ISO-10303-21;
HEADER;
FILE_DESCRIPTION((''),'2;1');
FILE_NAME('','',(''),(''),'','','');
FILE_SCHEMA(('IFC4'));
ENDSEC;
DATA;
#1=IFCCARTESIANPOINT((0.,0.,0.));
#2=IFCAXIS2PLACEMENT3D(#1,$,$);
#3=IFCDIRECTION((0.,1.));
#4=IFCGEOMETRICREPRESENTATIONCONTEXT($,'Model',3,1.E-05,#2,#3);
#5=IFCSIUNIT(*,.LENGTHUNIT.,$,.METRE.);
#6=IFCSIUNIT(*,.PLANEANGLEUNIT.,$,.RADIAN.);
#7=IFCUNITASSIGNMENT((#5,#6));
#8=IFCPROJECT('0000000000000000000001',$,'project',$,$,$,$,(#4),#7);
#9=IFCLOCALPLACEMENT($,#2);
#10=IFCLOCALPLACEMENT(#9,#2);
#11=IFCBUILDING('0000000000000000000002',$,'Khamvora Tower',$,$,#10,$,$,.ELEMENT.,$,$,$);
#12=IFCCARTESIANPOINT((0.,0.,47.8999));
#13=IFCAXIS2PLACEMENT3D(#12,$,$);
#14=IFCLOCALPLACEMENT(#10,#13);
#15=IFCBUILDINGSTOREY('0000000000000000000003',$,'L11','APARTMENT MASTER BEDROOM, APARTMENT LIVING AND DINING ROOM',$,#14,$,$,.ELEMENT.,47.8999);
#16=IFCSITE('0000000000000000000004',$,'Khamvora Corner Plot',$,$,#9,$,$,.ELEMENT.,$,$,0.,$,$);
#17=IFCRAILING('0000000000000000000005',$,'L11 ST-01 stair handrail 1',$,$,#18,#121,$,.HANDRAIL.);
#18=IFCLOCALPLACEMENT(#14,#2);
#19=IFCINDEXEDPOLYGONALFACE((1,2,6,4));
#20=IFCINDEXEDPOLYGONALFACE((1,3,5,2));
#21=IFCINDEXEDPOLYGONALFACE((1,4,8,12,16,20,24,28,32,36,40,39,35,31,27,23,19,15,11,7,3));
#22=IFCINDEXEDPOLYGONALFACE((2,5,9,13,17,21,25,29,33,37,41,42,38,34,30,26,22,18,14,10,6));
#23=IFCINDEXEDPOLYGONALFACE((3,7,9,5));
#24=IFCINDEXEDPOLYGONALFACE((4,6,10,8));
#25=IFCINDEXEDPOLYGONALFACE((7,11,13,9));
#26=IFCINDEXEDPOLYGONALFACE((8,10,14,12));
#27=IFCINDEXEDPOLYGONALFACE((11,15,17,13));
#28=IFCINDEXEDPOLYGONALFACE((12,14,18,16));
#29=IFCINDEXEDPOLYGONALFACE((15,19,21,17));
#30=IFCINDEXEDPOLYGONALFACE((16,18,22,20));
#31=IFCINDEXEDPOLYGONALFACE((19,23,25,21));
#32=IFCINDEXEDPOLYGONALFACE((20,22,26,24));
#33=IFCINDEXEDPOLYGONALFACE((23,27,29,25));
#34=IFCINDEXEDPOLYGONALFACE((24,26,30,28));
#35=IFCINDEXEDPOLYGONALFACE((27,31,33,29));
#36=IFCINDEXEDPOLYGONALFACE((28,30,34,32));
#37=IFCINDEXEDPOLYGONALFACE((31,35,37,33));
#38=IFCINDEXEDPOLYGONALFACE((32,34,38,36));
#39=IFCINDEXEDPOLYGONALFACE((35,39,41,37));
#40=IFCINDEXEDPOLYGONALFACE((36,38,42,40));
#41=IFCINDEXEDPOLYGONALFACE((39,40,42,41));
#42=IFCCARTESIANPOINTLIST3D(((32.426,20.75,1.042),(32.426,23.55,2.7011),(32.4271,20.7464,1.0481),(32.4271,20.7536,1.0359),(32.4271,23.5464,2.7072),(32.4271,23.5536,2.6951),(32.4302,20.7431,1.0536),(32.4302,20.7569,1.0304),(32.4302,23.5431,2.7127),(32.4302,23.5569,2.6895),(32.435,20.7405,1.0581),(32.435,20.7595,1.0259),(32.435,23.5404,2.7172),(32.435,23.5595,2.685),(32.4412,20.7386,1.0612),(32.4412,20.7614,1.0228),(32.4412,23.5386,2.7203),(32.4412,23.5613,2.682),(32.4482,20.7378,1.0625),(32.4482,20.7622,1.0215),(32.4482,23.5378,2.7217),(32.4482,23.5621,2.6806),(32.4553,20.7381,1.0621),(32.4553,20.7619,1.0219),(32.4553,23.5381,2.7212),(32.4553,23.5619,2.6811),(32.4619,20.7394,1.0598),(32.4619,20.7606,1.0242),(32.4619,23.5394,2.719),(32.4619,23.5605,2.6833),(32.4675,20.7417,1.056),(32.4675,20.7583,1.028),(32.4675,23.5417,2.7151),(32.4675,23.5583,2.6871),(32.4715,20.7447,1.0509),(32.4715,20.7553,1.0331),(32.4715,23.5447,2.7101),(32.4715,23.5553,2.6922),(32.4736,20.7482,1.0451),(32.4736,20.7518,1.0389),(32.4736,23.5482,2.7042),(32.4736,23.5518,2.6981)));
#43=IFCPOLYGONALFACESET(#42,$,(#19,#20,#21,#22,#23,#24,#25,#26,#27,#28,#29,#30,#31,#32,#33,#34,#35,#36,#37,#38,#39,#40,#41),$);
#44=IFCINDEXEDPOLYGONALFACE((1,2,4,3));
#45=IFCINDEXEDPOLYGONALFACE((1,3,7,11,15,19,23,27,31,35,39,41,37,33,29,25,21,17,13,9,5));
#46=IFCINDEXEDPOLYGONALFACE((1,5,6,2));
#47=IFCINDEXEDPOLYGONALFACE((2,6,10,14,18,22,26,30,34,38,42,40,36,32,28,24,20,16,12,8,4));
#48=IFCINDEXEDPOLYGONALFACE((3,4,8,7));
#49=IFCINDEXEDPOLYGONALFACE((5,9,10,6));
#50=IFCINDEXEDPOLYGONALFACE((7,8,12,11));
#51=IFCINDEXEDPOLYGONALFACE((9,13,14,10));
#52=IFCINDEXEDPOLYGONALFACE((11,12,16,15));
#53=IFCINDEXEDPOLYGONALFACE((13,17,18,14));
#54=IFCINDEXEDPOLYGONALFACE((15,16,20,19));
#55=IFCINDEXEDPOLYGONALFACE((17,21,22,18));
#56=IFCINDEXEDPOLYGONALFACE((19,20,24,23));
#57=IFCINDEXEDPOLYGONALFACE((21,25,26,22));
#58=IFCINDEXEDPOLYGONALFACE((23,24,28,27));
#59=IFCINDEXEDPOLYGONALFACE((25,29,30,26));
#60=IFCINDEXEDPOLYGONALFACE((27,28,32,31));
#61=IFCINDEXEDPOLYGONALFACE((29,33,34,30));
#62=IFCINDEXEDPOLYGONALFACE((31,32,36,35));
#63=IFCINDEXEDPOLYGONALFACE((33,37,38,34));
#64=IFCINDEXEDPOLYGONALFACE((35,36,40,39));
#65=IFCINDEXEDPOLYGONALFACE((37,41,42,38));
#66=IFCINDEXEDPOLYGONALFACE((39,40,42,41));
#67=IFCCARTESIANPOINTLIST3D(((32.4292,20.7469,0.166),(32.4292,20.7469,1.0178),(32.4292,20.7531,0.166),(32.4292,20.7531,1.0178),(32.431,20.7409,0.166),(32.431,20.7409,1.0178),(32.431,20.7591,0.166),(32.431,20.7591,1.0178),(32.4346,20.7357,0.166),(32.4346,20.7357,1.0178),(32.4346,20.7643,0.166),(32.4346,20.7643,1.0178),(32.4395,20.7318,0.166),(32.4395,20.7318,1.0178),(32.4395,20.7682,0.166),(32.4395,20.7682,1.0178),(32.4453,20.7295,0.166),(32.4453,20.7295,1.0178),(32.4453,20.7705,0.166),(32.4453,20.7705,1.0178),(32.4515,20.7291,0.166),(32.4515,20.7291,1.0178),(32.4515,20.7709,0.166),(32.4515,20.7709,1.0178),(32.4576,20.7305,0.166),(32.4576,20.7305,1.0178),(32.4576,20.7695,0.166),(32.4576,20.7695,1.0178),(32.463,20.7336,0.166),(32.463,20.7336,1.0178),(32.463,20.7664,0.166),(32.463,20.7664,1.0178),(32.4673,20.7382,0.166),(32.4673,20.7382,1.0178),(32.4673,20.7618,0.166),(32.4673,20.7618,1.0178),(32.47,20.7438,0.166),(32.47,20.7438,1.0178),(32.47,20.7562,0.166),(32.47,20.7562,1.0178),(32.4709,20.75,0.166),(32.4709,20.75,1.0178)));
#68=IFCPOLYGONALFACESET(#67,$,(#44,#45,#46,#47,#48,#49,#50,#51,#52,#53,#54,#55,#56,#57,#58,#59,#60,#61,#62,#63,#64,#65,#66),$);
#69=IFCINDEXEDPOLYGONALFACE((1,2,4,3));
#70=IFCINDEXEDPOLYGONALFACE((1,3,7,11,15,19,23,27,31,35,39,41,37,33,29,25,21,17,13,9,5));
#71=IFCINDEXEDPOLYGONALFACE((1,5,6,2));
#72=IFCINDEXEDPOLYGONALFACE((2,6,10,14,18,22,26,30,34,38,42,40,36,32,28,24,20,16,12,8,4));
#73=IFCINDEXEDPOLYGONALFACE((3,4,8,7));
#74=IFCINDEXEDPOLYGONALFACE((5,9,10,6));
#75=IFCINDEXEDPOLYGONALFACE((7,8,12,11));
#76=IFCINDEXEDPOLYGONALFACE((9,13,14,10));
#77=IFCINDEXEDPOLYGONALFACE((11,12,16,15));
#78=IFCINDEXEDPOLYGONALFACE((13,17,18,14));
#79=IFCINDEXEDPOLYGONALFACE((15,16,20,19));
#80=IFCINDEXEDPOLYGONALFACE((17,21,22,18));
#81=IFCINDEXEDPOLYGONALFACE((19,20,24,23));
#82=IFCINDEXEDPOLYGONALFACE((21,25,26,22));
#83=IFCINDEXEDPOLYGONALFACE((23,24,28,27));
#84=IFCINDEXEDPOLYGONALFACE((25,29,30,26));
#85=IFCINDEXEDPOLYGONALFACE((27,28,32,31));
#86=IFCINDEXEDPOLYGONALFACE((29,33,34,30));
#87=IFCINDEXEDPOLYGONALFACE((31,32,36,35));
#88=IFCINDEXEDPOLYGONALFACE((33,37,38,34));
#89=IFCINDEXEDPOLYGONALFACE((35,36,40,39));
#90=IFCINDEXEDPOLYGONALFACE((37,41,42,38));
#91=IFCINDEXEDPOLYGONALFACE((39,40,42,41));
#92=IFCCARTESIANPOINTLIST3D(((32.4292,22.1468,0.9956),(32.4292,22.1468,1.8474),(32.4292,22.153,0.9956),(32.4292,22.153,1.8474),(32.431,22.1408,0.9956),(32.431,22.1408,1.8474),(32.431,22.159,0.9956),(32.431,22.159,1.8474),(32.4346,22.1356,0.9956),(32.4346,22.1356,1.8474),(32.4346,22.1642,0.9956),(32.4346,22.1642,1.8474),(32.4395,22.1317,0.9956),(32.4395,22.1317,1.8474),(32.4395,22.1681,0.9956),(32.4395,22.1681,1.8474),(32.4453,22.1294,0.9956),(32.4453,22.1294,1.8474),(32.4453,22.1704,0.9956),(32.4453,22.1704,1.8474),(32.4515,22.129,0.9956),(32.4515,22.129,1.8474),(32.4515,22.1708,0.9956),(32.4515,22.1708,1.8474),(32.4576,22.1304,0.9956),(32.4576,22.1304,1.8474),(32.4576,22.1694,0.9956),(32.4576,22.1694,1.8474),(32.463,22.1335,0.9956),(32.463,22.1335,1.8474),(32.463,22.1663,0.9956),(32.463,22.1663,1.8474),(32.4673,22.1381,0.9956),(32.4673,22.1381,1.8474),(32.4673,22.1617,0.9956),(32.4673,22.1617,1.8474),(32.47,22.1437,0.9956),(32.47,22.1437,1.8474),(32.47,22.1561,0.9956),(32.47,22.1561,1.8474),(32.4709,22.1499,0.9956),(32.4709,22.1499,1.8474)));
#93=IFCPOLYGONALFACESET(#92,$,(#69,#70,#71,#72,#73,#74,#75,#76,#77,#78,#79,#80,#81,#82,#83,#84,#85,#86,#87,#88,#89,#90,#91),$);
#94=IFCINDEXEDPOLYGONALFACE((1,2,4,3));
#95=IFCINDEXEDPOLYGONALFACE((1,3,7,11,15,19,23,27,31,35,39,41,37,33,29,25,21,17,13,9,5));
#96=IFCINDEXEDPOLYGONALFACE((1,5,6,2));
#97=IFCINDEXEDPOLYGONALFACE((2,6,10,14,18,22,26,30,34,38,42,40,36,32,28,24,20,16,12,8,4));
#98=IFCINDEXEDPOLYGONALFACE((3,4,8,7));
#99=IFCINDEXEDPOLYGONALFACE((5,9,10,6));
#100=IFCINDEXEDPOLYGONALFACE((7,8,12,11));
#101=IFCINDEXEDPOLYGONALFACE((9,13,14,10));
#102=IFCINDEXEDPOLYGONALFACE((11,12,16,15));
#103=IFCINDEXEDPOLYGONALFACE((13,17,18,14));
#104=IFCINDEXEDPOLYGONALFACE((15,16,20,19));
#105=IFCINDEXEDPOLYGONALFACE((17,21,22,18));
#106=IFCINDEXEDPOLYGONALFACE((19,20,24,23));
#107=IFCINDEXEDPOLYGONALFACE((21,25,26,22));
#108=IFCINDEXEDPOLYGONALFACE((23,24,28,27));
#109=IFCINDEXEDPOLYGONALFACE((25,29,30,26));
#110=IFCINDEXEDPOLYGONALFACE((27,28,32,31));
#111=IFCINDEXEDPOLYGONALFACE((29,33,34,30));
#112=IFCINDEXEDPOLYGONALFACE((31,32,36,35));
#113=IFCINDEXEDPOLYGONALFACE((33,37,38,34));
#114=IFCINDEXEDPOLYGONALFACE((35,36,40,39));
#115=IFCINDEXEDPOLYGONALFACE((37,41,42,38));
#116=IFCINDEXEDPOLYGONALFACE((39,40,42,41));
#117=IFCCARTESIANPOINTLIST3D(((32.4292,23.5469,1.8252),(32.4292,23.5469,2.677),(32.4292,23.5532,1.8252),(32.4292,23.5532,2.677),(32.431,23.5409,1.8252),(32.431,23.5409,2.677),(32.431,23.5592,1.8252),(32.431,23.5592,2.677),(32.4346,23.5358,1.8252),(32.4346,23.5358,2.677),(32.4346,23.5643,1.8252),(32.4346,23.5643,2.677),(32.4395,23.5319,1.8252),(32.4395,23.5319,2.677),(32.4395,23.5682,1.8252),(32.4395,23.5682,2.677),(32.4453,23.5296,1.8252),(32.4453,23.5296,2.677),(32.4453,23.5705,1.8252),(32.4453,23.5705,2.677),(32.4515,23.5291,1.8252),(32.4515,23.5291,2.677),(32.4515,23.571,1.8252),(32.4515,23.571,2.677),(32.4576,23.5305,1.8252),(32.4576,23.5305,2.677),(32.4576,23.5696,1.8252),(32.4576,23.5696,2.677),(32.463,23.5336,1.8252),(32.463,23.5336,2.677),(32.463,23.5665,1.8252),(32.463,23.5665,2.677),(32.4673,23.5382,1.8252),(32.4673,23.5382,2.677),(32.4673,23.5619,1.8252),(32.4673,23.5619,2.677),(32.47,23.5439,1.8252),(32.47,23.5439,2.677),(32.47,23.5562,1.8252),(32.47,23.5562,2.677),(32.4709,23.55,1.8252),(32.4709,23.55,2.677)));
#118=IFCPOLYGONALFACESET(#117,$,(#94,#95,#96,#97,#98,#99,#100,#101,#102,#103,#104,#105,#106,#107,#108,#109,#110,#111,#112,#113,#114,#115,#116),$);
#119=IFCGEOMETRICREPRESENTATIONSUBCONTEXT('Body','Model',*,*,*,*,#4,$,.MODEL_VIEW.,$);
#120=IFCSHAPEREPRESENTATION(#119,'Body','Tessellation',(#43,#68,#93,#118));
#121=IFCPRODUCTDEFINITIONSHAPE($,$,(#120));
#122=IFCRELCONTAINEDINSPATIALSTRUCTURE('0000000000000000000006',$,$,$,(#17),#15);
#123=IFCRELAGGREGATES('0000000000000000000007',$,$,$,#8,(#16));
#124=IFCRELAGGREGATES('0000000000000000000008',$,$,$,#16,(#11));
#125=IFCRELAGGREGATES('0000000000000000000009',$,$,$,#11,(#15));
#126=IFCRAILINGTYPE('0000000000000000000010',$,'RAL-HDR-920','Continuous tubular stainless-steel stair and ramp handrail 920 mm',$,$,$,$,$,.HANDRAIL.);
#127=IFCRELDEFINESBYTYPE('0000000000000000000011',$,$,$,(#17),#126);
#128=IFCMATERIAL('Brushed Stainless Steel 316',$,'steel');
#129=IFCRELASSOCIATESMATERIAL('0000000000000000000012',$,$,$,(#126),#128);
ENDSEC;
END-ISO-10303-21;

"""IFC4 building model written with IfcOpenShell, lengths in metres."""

from ifc_helpers import new_model, si_unit, direction, frame, origin, origin_2d, place, context, subcontext, project, spatial, circle, extrude, material, type_object, element, save


model = new_model("IFC4")

# Units and contexts
model_context = context("Model", 3, precision=1e-05, world=origin(), true_north=direction((0.0, 1.0)))
body_context = subcontext(model_context, "Body", "Model", "MODEL_VIEW")
ifc_project = project(units=[si_unit("LENGTHUNIT", "METRE"), si_unit("PLANEANGLEUNIT", "RADIAN")], contexts=[model_context])

# Site, building, storey
site_placement = place(None, origin())
site = spatial("IfcSite", under=ifc_project, at=site_placement, Name="Khamvora Corner Plot", CompositionType="ELEMENT", RefElevation=0.0)
building_placement = place(site_placement, origin())
building = spatial("IfcBuilding", under=site, at=building_placement, Name="Khamvora Tower", CompositionType="ELEMENT")
storey_placement = place(building_placement, frame((0.0, 0.0, 47.8999)))
storey = spatial("IfcBuildingStorey", under=building, at=storey_placement, Name="L11", Description="APARTMENT MASTER BEDROOM, APARTMENT LIVING AND DINING ROOM", CompositionType="ELEMENT", Elevation=47.8999)

# Railing
ifc_material_1 = material(Name="Brushed Stainless Steel 316", Category="steel")
railing_type_1 = type_object("IfcRailingType", Name="RAL-HDR-920", Description="Continuous tubular stainless-steel stair and ramp handrail 920 mm", PredefinedType="HANDRAIL", material=ifc_material_1)
railing_1_placement = place(storey_placement, frame((32.45, 20.75, 0.166)))
element("IfcRailing", 1, at=railing_1_placement, inside=storey, type_object=railing_type_1, Name="L11 ST-01 stair handrail 1", PredefinedType="HANDRAIL", context=body_context, shape_type="SweptSolid", body=[
    extrude(circle(Radius=0.0239, at=origin_2d()), frame((0.0, 0.0, 0.876), z_axis=(0.0, 0.860306, 0.509778), x_axis=(-1.0, 0.0, 0.0)), (0.0, 0.0, 1.0), 3.2546),
    extrude(circle(Radius=0.021, at=origin_2d()), origin(), (0.0, 0.0, 1.0), 0.8518),
    extrude(circle(Radius=0.021, at=origin_2d()), frame((0.0, 1.3999, 0.8296)), (0.0, 0.0, 1.0), 0.8518),
    extrude(circle(Radius=0.021, at=origin_2d()), frame((0.0, 2.8, 1.6592)), (0.0, 0.0, 1.0), 0.8518),
])

save(model, "model.ifc")
